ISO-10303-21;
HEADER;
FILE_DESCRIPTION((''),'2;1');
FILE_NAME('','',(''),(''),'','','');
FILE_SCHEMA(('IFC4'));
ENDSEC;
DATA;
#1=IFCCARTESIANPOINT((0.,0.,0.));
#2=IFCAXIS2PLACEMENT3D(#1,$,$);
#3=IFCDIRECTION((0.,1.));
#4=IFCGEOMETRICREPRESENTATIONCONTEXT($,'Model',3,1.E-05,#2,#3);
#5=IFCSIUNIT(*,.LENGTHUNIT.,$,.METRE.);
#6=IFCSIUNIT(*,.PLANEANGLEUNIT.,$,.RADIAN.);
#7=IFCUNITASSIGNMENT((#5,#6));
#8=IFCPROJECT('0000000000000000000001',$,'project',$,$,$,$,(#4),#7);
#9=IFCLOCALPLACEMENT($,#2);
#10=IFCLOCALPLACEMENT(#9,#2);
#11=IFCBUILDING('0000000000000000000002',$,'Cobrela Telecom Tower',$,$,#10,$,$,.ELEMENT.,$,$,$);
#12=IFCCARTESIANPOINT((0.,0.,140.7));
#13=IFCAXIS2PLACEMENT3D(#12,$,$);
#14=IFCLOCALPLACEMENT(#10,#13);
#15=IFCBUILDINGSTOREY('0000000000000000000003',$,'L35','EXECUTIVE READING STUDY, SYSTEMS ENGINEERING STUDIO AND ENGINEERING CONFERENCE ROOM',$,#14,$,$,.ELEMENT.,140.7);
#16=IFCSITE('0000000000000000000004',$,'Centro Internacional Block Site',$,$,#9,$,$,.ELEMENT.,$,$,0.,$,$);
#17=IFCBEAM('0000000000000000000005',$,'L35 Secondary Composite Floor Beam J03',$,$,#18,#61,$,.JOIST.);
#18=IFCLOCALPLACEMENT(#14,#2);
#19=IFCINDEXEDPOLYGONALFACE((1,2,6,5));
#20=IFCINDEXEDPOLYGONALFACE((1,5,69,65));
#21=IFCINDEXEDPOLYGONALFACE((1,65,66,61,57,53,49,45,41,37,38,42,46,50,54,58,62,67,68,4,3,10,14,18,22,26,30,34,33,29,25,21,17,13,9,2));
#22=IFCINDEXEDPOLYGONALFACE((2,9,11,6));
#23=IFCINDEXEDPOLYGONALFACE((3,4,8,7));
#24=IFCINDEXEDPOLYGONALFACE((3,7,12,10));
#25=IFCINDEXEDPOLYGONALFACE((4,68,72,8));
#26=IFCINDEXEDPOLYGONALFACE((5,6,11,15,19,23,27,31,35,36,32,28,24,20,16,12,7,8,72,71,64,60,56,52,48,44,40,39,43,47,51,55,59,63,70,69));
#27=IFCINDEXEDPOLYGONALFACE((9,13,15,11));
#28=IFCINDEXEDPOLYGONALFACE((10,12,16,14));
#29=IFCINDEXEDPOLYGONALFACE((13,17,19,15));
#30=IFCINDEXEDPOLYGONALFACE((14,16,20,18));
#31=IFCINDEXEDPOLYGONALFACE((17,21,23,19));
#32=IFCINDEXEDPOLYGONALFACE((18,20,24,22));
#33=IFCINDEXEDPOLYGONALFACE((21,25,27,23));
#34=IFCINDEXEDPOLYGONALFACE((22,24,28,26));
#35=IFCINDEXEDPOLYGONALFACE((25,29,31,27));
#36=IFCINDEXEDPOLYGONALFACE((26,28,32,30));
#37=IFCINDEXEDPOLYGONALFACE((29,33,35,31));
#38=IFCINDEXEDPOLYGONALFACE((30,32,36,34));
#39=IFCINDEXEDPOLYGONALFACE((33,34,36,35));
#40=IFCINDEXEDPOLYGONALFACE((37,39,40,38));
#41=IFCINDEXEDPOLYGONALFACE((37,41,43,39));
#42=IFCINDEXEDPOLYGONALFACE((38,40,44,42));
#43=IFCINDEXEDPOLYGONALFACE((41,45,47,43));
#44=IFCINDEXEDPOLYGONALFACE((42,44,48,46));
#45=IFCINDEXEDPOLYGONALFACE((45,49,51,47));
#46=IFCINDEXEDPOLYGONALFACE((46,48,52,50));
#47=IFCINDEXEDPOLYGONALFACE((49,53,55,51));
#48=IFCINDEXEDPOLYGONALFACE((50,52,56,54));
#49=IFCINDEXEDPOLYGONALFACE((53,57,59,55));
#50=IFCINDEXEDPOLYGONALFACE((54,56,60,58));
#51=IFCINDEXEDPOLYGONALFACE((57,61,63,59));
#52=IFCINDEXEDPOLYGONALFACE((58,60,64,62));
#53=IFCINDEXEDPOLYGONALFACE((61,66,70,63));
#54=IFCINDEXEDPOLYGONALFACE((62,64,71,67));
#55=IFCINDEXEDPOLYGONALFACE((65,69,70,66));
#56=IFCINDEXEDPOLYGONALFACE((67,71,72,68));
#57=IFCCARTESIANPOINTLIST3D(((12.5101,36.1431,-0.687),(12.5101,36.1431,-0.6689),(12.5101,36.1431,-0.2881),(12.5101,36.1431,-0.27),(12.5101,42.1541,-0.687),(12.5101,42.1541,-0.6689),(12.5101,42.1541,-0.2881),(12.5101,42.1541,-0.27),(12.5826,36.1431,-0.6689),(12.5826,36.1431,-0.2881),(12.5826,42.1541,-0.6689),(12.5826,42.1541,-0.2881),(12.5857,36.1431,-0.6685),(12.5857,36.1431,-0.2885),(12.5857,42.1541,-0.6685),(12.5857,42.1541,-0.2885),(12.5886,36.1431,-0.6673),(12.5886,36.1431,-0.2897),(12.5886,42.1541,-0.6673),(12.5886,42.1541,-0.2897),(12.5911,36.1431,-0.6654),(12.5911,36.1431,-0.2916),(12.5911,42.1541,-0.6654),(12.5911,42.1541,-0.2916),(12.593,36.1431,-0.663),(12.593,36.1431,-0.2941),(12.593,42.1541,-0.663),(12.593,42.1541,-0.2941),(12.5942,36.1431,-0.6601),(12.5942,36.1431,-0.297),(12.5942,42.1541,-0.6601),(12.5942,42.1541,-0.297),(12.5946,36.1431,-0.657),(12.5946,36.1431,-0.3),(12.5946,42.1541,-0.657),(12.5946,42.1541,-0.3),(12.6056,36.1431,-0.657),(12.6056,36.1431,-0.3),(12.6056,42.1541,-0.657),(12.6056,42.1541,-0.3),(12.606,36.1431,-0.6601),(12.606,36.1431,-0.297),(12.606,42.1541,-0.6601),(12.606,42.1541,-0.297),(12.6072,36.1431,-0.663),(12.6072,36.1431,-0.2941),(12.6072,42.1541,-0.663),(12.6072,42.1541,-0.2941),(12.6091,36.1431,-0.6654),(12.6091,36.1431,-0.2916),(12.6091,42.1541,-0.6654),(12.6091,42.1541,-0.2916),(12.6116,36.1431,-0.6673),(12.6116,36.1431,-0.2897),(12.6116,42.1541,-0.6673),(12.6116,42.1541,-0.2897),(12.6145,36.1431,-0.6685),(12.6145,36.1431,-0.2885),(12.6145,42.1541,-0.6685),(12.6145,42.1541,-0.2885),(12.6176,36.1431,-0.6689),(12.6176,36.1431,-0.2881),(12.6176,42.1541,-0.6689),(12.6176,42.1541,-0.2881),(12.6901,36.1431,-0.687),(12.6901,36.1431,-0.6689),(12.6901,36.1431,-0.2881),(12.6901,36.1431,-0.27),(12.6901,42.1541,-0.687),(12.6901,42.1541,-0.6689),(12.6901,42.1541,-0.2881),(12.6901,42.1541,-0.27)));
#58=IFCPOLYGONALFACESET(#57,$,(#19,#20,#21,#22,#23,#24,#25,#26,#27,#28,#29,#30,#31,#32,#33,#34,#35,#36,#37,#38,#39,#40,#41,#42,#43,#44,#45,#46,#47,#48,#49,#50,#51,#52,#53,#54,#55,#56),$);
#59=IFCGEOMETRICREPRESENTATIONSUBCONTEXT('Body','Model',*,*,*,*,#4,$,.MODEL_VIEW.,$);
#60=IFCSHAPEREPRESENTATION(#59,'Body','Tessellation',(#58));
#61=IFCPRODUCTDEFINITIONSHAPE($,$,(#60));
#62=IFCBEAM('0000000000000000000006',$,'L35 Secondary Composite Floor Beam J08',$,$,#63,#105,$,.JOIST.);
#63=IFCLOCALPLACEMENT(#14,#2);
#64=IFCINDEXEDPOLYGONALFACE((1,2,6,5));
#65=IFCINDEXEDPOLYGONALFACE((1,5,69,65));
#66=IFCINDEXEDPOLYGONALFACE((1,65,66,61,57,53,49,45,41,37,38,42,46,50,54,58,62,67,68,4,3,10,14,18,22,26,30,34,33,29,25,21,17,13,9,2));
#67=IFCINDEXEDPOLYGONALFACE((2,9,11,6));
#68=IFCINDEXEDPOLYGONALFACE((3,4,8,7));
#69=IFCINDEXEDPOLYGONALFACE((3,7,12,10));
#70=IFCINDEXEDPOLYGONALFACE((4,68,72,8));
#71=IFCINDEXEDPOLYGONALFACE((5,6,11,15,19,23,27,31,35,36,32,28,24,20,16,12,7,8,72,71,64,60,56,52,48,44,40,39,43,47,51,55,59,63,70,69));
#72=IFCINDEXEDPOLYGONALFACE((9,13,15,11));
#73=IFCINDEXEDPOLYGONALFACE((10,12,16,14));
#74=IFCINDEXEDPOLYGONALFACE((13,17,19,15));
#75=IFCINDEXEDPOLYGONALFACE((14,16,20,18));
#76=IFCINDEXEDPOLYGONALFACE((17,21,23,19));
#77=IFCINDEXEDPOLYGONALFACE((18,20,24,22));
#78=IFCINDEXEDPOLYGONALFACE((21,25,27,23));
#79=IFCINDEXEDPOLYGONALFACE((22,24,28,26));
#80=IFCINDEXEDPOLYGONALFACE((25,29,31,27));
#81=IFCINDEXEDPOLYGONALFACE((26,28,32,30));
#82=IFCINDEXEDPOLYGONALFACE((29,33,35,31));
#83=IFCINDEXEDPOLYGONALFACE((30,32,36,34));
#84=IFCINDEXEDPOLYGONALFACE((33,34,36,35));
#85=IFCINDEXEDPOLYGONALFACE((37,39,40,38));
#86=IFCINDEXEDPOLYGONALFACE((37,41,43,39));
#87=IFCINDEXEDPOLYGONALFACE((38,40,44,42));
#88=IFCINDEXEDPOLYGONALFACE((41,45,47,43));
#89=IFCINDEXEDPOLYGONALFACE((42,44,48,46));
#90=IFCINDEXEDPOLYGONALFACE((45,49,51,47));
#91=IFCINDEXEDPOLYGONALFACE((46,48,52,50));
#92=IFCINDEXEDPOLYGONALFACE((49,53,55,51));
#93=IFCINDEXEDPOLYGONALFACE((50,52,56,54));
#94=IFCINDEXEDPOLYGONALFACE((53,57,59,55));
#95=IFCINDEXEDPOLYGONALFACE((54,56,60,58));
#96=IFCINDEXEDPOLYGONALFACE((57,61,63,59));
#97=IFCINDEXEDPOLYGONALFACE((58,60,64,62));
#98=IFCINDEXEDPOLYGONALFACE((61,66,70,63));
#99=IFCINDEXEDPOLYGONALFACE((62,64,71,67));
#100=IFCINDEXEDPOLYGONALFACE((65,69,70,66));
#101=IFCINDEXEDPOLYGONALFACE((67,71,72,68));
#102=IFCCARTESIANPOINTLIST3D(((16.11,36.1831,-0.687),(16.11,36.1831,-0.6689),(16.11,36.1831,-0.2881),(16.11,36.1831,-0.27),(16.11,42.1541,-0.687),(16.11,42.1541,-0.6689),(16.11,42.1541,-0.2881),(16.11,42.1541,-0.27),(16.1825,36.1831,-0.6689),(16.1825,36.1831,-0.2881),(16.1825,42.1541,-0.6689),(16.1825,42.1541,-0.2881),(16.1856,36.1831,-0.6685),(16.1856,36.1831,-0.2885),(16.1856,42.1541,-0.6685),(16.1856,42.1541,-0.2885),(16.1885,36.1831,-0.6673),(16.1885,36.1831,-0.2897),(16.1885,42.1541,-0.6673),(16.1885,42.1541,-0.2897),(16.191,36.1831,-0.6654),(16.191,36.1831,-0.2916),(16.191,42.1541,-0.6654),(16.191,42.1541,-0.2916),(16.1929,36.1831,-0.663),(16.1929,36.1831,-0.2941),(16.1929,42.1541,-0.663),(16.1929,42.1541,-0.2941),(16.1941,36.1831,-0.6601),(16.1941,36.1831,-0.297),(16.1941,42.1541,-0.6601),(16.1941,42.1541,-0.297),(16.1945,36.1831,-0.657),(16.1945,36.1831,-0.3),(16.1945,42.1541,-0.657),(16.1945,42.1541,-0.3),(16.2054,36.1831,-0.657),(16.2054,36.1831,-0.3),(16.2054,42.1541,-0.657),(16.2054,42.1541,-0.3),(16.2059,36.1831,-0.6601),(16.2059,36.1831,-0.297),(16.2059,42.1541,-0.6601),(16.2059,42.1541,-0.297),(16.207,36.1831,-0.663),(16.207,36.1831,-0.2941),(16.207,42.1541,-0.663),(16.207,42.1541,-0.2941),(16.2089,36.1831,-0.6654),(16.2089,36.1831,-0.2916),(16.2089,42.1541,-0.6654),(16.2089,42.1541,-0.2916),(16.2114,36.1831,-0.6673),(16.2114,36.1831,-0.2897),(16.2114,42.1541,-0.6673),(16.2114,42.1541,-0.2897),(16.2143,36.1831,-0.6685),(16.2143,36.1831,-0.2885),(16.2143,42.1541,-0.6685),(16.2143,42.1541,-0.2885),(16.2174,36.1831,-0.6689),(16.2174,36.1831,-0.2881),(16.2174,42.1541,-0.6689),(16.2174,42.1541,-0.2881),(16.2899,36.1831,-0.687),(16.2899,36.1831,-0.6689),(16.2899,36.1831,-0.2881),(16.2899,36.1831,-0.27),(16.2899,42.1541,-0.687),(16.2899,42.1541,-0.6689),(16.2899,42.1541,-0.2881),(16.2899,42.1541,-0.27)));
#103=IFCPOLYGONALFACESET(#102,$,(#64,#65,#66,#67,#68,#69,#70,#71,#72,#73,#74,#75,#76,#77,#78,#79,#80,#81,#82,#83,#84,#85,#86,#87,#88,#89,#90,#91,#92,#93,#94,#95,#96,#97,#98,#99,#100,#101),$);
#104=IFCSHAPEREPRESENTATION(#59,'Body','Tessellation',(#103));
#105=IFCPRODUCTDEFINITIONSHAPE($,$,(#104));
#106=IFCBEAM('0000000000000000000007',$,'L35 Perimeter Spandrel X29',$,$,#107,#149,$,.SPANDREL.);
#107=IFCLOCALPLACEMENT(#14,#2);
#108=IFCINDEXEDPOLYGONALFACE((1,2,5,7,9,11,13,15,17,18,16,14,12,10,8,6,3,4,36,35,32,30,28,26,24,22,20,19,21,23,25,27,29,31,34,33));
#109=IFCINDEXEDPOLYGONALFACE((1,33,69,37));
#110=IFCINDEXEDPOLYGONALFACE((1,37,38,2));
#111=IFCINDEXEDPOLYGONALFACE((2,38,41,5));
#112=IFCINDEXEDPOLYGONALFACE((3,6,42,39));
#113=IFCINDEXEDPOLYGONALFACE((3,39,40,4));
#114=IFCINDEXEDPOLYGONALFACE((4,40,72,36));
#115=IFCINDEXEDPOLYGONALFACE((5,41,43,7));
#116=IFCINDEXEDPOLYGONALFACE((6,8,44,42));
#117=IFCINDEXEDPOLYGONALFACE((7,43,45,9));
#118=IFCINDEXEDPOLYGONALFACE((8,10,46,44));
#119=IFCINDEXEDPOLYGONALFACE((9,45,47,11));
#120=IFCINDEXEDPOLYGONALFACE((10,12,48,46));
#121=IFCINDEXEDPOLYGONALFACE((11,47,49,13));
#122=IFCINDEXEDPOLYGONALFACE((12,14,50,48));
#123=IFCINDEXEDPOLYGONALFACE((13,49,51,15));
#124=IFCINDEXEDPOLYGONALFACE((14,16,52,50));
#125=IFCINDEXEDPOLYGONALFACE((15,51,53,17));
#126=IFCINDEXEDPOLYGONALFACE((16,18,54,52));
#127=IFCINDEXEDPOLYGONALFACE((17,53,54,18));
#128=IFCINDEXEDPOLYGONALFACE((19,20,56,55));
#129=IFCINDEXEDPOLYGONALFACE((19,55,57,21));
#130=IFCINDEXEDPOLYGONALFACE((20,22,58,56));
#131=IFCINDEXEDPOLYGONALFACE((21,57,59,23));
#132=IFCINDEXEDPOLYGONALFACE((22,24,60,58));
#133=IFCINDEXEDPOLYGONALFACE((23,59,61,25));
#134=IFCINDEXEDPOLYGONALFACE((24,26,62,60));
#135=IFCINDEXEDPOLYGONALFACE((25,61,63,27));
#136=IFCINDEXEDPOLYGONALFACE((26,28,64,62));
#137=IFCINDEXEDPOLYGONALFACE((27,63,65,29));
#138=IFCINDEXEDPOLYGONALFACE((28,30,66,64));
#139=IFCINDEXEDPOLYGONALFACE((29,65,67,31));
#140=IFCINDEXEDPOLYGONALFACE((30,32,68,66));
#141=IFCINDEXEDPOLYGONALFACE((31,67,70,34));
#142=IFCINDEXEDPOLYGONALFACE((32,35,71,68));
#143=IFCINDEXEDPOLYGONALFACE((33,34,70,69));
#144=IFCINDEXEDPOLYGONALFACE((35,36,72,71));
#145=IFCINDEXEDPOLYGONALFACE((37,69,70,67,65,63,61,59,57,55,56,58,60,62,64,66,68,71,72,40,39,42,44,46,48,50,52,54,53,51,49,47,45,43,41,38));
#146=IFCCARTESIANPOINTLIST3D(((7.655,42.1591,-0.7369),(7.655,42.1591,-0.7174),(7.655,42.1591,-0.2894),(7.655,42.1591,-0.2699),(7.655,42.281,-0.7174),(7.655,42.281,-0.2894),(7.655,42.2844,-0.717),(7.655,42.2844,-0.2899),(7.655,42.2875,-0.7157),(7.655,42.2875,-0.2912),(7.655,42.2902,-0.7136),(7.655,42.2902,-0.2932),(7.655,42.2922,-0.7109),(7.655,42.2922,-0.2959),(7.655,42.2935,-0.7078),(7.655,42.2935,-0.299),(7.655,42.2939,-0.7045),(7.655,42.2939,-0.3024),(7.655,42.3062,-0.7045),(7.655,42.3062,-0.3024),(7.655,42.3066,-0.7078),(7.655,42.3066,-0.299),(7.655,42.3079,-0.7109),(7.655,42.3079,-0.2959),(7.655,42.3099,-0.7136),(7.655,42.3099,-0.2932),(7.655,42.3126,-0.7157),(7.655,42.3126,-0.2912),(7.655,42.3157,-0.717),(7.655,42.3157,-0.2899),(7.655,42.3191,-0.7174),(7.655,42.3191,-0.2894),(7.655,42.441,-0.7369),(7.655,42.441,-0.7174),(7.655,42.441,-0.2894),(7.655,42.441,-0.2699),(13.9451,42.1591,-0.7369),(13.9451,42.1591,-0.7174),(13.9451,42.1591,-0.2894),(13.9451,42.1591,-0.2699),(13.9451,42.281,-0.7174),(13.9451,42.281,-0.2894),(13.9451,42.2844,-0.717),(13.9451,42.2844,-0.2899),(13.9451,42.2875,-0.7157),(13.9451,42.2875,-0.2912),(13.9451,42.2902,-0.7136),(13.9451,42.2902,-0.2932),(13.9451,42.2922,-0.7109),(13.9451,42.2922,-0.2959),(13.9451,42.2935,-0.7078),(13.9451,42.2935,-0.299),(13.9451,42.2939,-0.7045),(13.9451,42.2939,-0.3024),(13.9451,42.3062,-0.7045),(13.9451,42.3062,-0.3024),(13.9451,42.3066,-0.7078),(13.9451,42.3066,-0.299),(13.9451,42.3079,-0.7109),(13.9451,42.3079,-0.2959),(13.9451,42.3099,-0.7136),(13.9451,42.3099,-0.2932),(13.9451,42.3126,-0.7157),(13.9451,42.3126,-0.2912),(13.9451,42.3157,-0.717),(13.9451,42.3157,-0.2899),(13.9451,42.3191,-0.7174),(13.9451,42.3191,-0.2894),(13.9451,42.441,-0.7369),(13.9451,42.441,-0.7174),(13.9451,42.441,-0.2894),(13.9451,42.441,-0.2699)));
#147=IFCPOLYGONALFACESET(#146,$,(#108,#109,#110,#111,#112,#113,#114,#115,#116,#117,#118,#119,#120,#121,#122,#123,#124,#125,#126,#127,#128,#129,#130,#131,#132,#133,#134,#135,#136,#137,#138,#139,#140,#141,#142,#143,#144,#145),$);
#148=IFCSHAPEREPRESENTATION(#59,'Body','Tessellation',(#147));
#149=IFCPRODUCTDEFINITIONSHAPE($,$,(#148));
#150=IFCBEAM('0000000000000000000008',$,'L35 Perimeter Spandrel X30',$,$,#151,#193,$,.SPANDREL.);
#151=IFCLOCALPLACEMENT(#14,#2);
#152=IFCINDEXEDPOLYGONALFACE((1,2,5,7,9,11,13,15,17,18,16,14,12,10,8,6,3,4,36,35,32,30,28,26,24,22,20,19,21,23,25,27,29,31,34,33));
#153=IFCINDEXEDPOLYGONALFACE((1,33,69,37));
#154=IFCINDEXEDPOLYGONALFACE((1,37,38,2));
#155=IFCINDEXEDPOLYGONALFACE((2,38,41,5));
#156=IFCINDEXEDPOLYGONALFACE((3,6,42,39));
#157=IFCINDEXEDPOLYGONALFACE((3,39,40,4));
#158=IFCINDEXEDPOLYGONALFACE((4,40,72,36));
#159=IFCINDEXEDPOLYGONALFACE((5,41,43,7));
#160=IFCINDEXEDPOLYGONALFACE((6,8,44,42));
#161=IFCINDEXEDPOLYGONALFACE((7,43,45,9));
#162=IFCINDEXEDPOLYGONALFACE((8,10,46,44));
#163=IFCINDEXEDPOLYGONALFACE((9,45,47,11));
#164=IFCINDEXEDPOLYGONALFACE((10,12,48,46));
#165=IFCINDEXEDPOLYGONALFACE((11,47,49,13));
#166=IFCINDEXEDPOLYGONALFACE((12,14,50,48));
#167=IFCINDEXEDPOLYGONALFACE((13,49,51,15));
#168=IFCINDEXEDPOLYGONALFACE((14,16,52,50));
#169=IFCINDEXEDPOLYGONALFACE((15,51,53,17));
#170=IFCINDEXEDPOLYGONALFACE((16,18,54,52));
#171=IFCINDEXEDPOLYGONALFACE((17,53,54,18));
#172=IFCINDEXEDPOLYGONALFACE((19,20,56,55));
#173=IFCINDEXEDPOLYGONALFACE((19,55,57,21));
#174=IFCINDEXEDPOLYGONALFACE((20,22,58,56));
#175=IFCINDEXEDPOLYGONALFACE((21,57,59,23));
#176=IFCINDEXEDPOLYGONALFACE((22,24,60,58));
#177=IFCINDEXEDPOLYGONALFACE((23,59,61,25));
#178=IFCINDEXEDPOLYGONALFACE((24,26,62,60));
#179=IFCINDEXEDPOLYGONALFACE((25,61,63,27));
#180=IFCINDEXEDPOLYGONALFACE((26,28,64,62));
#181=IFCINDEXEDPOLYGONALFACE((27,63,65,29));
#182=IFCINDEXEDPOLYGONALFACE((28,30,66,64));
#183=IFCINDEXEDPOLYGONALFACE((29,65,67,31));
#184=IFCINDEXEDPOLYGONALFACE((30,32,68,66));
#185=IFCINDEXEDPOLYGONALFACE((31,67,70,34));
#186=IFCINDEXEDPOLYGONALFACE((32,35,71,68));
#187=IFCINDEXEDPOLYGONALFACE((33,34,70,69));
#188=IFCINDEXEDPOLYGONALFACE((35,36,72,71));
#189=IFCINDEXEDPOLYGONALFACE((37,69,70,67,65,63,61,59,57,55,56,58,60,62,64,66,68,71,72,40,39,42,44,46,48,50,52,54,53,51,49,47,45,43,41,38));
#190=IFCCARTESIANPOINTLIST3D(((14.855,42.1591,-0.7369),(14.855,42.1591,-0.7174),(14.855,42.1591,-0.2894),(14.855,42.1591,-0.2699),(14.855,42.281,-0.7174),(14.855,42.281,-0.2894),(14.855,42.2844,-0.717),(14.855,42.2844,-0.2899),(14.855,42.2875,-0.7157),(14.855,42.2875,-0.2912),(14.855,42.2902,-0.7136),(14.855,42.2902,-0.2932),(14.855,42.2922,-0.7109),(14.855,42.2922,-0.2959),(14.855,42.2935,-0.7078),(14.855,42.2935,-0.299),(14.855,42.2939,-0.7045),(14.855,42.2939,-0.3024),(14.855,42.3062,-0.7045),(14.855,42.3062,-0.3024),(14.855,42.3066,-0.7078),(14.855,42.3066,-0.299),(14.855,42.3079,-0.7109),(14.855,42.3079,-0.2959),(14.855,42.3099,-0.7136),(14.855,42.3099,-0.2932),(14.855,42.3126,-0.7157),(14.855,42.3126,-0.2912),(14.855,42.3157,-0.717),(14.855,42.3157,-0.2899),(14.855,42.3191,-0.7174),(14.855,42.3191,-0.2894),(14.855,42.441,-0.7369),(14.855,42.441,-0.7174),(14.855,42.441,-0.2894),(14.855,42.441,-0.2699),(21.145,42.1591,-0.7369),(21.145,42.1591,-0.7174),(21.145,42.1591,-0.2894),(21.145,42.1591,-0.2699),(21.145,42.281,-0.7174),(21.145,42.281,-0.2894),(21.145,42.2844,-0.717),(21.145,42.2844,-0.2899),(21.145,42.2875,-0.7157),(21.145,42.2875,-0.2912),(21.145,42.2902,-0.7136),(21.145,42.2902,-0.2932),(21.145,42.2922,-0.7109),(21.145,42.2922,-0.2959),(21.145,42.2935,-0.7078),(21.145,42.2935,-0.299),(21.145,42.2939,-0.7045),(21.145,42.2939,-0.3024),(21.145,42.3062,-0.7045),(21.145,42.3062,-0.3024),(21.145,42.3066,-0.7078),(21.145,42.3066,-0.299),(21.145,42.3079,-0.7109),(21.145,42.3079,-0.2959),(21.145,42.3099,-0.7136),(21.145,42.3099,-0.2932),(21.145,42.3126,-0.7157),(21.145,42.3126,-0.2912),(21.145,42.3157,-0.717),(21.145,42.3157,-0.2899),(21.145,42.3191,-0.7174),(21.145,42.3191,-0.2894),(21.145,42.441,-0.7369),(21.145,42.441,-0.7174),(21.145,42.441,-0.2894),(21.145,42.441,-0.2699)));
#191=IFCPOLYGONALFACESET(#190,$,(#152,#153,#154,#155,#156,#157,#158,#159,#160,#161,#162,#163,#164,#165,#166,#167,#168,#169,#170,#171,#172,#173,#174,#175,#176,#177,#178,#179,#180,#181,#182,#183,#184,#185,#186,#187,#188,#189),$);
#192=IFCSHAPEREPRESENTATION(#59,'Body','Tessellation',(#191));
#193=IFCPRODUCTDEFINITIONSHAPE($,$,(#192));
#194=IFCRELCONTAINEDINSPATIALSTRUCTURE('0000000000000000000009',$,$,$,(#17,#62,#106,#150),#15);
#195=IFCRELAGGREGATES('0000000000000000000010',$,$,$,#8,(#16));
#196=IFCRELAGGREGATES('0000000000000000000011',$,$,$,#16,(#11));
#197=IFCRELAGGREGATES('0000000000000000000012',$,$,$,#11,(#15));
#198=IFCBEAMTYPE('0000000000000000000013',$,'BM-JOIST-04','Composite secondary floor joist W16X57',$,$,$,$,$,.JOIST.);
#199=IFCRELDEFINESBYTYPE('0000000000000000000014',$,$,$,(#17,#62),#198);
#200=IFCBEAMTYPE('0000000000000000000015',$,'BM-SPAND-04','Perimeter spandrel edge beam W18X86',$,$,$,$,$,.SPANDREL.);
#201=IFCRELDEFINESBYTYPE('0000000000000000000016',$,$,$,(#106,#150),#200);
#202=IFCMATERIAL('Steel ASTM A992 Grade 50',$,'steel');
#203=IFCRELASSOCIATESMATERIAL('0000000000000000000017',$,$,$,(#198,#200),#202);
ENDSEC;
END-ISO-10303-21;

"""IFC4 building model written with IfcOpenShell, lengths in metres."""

from ifc_helpers import new_model, si_unit, direction, frame, origin, origin_2d, place, context, subcontext, project, spatial, i_section, extrude, material, material_profile, profile_set, type_object, element, save


model = new_model("IFC4")

# Units and contexts
model_context = context("Model", 3, precision=1e-05, world=origin(), true_north=direction((0.0, 1.0)))
body_context = subcontext(model_context, "Body", "Model", "MODEL_VIEW")
ifc_project = project(units=[si_unit("LENGTHUNIT", "METRE"), si_unit("PLANEANGLEUNIT", "RADIAN")], contexts=[model_context])

# Site, building, storey
site_placement = place(None, origin())
site = spatial("IfcSite", under=ifc_project, at=site_placement, Name="Centro Internacional Block Site", CompositionType="ELEMENT", RefElevation=0.0)
building_placement = place(site_placement, origin())
building = spatial("IfcBuilding", under=site, at=building_placement, Name="Cobrela Telecom Tower", CompositionType="ELEMENT")
storey_placement = place(building_placement, frame((0.0, 0.0, 140.7)))
storey = spatial("IfcBuildingStorey", under=building, at=storey_placement, Name="L35", Description="EXECUTIVE READING STUDY, SYSTEMS ENGINEERING STUDIO AND ENGINEERING CONFERENCE ROOM", CompositionType="ELEMENT", Elevation=140.7)

# Beams
ifc_material_1 = material(Name="Steel ASTM A992 Grade 50", Category="steel")
ifc_material_profile_1 = material_profile(ifc_material_1, i_section(OverallWidth=0.1799, OverallDepth=0.417, WebThickness=0.011, FlangeThickness=0.0181, FilletRadius=0.012, at=origin_2d()), Name="W16X57")
ifc_profile_set_1 = profile_set([ifc_material_profile_1], Name="Steel ASTM A992 Grade 50")
beam_type_1 = type_object("IfcBeamType", Name="BM-JOIST-04", Description="Composite secondary floor joist W16X57", PredefinedType="JOIST", material=ifc_profile_set_1)
for number, where, z_axis, x_axis, name in (
    (1, (12.6001, 36.1431, -0.4785), (0.0, 1.0, 0.0), (-1.0, 0.0, 0.0), "L35 Secondary Composite Floor Beam J03"),
):
    element("IfcBeam", number, at=place(storey_placement, frame(where, z_axis=z_axis, x_axis=x_axis)), inside=storey, type_object=beam_type_1, Name=name, PredefinedType="JOIST", context=body_context, shape_type="SweptSolid", body=[
        extrude(i_section(OverallWidth=0.1799, OverallDepth=0.417, WebThickness=0.011, FlangeThickness=0.0181, FilletRadius=0.012, at=origin_2d()), origin(), (0.0, 0.0, 1.0), 6.011),
    ])
beam_1_placement = place(storey_placement, frame((16.2, 36.1831, -0.4785), z_axis=(0.0, 1.0, 0.0), x_axis=(-1.0, 0.0, 0.0)))
element("IfcBeam", 2, at=beam_1_placement, inside=storey, type_object=beam_type_1, Name="L35 Secondary Composite Floor Beam J08", PredefinedType="JOIST", context=body_context, shape_type="SweptSolid", body=[
    extrude(i_section(OverallWidth=0.1799, OverallDepth=0.417, WebThickness=0.011, FlangeThickness=0.0181, FilletRadius=0.012, at=origin_2d()), origin(), (0.0, 0.0, 1.0), 5.9709),
])
ifc_material_profile_2 = material_profile(ifc_material_1, i_section(OverallWidth=0.282, OverallDepth=0.467, WebThickness=0.0122, FlangeThickness=0.0195, FilletRadius=0.0129, at=origin_2d()), Name="W18X86")
ifc_profile_set_2 = profile_set([ifc_material_profile_2], Name="Steel ASTM A992 Grade 50")
beam_type_2 = type_object("IfcBeamType", Name="BM-SPAND-04", Description="Perimeter spandrel edge beam W18X86", PredefinedType="SPANDREL", material=ifc_profile_set_2)
for number, where, z_axis, x_axis, name in (
    (3, (7.655, 42.3, -0.5034), (1.0, 0.0, 0.0), (0.0, 1.0, 0.0), "L35 Perimeter Spandrel X29"),
    (4, (14.855, 42.3, -0.5034), (1.0, 0.0, 0.0), (0.0, 1.0, 0.0), "L35 Perimeter Spandrel X30"),
):
    element("IfcBeam", number, at=place(storey_placement, frame(where, z_axis=z_axis, x_axis=x_axis)), inside=storey, type_object=beam_type_2, Name=name, PredefinedType="SPANDREL", context=body_context, shape_type="SweptSolid", body=[
        extrude(i_section(OverallWidth=0.282, OverallDepth=0.467, WebThickness=0.0122, FlangeThickness=0.0195, FilletRadius=0.0129, at=origin_2d()), origin(), (0.0, 0.0, 1.0), 6.29),
    ])

save(model, "model.ifc")
